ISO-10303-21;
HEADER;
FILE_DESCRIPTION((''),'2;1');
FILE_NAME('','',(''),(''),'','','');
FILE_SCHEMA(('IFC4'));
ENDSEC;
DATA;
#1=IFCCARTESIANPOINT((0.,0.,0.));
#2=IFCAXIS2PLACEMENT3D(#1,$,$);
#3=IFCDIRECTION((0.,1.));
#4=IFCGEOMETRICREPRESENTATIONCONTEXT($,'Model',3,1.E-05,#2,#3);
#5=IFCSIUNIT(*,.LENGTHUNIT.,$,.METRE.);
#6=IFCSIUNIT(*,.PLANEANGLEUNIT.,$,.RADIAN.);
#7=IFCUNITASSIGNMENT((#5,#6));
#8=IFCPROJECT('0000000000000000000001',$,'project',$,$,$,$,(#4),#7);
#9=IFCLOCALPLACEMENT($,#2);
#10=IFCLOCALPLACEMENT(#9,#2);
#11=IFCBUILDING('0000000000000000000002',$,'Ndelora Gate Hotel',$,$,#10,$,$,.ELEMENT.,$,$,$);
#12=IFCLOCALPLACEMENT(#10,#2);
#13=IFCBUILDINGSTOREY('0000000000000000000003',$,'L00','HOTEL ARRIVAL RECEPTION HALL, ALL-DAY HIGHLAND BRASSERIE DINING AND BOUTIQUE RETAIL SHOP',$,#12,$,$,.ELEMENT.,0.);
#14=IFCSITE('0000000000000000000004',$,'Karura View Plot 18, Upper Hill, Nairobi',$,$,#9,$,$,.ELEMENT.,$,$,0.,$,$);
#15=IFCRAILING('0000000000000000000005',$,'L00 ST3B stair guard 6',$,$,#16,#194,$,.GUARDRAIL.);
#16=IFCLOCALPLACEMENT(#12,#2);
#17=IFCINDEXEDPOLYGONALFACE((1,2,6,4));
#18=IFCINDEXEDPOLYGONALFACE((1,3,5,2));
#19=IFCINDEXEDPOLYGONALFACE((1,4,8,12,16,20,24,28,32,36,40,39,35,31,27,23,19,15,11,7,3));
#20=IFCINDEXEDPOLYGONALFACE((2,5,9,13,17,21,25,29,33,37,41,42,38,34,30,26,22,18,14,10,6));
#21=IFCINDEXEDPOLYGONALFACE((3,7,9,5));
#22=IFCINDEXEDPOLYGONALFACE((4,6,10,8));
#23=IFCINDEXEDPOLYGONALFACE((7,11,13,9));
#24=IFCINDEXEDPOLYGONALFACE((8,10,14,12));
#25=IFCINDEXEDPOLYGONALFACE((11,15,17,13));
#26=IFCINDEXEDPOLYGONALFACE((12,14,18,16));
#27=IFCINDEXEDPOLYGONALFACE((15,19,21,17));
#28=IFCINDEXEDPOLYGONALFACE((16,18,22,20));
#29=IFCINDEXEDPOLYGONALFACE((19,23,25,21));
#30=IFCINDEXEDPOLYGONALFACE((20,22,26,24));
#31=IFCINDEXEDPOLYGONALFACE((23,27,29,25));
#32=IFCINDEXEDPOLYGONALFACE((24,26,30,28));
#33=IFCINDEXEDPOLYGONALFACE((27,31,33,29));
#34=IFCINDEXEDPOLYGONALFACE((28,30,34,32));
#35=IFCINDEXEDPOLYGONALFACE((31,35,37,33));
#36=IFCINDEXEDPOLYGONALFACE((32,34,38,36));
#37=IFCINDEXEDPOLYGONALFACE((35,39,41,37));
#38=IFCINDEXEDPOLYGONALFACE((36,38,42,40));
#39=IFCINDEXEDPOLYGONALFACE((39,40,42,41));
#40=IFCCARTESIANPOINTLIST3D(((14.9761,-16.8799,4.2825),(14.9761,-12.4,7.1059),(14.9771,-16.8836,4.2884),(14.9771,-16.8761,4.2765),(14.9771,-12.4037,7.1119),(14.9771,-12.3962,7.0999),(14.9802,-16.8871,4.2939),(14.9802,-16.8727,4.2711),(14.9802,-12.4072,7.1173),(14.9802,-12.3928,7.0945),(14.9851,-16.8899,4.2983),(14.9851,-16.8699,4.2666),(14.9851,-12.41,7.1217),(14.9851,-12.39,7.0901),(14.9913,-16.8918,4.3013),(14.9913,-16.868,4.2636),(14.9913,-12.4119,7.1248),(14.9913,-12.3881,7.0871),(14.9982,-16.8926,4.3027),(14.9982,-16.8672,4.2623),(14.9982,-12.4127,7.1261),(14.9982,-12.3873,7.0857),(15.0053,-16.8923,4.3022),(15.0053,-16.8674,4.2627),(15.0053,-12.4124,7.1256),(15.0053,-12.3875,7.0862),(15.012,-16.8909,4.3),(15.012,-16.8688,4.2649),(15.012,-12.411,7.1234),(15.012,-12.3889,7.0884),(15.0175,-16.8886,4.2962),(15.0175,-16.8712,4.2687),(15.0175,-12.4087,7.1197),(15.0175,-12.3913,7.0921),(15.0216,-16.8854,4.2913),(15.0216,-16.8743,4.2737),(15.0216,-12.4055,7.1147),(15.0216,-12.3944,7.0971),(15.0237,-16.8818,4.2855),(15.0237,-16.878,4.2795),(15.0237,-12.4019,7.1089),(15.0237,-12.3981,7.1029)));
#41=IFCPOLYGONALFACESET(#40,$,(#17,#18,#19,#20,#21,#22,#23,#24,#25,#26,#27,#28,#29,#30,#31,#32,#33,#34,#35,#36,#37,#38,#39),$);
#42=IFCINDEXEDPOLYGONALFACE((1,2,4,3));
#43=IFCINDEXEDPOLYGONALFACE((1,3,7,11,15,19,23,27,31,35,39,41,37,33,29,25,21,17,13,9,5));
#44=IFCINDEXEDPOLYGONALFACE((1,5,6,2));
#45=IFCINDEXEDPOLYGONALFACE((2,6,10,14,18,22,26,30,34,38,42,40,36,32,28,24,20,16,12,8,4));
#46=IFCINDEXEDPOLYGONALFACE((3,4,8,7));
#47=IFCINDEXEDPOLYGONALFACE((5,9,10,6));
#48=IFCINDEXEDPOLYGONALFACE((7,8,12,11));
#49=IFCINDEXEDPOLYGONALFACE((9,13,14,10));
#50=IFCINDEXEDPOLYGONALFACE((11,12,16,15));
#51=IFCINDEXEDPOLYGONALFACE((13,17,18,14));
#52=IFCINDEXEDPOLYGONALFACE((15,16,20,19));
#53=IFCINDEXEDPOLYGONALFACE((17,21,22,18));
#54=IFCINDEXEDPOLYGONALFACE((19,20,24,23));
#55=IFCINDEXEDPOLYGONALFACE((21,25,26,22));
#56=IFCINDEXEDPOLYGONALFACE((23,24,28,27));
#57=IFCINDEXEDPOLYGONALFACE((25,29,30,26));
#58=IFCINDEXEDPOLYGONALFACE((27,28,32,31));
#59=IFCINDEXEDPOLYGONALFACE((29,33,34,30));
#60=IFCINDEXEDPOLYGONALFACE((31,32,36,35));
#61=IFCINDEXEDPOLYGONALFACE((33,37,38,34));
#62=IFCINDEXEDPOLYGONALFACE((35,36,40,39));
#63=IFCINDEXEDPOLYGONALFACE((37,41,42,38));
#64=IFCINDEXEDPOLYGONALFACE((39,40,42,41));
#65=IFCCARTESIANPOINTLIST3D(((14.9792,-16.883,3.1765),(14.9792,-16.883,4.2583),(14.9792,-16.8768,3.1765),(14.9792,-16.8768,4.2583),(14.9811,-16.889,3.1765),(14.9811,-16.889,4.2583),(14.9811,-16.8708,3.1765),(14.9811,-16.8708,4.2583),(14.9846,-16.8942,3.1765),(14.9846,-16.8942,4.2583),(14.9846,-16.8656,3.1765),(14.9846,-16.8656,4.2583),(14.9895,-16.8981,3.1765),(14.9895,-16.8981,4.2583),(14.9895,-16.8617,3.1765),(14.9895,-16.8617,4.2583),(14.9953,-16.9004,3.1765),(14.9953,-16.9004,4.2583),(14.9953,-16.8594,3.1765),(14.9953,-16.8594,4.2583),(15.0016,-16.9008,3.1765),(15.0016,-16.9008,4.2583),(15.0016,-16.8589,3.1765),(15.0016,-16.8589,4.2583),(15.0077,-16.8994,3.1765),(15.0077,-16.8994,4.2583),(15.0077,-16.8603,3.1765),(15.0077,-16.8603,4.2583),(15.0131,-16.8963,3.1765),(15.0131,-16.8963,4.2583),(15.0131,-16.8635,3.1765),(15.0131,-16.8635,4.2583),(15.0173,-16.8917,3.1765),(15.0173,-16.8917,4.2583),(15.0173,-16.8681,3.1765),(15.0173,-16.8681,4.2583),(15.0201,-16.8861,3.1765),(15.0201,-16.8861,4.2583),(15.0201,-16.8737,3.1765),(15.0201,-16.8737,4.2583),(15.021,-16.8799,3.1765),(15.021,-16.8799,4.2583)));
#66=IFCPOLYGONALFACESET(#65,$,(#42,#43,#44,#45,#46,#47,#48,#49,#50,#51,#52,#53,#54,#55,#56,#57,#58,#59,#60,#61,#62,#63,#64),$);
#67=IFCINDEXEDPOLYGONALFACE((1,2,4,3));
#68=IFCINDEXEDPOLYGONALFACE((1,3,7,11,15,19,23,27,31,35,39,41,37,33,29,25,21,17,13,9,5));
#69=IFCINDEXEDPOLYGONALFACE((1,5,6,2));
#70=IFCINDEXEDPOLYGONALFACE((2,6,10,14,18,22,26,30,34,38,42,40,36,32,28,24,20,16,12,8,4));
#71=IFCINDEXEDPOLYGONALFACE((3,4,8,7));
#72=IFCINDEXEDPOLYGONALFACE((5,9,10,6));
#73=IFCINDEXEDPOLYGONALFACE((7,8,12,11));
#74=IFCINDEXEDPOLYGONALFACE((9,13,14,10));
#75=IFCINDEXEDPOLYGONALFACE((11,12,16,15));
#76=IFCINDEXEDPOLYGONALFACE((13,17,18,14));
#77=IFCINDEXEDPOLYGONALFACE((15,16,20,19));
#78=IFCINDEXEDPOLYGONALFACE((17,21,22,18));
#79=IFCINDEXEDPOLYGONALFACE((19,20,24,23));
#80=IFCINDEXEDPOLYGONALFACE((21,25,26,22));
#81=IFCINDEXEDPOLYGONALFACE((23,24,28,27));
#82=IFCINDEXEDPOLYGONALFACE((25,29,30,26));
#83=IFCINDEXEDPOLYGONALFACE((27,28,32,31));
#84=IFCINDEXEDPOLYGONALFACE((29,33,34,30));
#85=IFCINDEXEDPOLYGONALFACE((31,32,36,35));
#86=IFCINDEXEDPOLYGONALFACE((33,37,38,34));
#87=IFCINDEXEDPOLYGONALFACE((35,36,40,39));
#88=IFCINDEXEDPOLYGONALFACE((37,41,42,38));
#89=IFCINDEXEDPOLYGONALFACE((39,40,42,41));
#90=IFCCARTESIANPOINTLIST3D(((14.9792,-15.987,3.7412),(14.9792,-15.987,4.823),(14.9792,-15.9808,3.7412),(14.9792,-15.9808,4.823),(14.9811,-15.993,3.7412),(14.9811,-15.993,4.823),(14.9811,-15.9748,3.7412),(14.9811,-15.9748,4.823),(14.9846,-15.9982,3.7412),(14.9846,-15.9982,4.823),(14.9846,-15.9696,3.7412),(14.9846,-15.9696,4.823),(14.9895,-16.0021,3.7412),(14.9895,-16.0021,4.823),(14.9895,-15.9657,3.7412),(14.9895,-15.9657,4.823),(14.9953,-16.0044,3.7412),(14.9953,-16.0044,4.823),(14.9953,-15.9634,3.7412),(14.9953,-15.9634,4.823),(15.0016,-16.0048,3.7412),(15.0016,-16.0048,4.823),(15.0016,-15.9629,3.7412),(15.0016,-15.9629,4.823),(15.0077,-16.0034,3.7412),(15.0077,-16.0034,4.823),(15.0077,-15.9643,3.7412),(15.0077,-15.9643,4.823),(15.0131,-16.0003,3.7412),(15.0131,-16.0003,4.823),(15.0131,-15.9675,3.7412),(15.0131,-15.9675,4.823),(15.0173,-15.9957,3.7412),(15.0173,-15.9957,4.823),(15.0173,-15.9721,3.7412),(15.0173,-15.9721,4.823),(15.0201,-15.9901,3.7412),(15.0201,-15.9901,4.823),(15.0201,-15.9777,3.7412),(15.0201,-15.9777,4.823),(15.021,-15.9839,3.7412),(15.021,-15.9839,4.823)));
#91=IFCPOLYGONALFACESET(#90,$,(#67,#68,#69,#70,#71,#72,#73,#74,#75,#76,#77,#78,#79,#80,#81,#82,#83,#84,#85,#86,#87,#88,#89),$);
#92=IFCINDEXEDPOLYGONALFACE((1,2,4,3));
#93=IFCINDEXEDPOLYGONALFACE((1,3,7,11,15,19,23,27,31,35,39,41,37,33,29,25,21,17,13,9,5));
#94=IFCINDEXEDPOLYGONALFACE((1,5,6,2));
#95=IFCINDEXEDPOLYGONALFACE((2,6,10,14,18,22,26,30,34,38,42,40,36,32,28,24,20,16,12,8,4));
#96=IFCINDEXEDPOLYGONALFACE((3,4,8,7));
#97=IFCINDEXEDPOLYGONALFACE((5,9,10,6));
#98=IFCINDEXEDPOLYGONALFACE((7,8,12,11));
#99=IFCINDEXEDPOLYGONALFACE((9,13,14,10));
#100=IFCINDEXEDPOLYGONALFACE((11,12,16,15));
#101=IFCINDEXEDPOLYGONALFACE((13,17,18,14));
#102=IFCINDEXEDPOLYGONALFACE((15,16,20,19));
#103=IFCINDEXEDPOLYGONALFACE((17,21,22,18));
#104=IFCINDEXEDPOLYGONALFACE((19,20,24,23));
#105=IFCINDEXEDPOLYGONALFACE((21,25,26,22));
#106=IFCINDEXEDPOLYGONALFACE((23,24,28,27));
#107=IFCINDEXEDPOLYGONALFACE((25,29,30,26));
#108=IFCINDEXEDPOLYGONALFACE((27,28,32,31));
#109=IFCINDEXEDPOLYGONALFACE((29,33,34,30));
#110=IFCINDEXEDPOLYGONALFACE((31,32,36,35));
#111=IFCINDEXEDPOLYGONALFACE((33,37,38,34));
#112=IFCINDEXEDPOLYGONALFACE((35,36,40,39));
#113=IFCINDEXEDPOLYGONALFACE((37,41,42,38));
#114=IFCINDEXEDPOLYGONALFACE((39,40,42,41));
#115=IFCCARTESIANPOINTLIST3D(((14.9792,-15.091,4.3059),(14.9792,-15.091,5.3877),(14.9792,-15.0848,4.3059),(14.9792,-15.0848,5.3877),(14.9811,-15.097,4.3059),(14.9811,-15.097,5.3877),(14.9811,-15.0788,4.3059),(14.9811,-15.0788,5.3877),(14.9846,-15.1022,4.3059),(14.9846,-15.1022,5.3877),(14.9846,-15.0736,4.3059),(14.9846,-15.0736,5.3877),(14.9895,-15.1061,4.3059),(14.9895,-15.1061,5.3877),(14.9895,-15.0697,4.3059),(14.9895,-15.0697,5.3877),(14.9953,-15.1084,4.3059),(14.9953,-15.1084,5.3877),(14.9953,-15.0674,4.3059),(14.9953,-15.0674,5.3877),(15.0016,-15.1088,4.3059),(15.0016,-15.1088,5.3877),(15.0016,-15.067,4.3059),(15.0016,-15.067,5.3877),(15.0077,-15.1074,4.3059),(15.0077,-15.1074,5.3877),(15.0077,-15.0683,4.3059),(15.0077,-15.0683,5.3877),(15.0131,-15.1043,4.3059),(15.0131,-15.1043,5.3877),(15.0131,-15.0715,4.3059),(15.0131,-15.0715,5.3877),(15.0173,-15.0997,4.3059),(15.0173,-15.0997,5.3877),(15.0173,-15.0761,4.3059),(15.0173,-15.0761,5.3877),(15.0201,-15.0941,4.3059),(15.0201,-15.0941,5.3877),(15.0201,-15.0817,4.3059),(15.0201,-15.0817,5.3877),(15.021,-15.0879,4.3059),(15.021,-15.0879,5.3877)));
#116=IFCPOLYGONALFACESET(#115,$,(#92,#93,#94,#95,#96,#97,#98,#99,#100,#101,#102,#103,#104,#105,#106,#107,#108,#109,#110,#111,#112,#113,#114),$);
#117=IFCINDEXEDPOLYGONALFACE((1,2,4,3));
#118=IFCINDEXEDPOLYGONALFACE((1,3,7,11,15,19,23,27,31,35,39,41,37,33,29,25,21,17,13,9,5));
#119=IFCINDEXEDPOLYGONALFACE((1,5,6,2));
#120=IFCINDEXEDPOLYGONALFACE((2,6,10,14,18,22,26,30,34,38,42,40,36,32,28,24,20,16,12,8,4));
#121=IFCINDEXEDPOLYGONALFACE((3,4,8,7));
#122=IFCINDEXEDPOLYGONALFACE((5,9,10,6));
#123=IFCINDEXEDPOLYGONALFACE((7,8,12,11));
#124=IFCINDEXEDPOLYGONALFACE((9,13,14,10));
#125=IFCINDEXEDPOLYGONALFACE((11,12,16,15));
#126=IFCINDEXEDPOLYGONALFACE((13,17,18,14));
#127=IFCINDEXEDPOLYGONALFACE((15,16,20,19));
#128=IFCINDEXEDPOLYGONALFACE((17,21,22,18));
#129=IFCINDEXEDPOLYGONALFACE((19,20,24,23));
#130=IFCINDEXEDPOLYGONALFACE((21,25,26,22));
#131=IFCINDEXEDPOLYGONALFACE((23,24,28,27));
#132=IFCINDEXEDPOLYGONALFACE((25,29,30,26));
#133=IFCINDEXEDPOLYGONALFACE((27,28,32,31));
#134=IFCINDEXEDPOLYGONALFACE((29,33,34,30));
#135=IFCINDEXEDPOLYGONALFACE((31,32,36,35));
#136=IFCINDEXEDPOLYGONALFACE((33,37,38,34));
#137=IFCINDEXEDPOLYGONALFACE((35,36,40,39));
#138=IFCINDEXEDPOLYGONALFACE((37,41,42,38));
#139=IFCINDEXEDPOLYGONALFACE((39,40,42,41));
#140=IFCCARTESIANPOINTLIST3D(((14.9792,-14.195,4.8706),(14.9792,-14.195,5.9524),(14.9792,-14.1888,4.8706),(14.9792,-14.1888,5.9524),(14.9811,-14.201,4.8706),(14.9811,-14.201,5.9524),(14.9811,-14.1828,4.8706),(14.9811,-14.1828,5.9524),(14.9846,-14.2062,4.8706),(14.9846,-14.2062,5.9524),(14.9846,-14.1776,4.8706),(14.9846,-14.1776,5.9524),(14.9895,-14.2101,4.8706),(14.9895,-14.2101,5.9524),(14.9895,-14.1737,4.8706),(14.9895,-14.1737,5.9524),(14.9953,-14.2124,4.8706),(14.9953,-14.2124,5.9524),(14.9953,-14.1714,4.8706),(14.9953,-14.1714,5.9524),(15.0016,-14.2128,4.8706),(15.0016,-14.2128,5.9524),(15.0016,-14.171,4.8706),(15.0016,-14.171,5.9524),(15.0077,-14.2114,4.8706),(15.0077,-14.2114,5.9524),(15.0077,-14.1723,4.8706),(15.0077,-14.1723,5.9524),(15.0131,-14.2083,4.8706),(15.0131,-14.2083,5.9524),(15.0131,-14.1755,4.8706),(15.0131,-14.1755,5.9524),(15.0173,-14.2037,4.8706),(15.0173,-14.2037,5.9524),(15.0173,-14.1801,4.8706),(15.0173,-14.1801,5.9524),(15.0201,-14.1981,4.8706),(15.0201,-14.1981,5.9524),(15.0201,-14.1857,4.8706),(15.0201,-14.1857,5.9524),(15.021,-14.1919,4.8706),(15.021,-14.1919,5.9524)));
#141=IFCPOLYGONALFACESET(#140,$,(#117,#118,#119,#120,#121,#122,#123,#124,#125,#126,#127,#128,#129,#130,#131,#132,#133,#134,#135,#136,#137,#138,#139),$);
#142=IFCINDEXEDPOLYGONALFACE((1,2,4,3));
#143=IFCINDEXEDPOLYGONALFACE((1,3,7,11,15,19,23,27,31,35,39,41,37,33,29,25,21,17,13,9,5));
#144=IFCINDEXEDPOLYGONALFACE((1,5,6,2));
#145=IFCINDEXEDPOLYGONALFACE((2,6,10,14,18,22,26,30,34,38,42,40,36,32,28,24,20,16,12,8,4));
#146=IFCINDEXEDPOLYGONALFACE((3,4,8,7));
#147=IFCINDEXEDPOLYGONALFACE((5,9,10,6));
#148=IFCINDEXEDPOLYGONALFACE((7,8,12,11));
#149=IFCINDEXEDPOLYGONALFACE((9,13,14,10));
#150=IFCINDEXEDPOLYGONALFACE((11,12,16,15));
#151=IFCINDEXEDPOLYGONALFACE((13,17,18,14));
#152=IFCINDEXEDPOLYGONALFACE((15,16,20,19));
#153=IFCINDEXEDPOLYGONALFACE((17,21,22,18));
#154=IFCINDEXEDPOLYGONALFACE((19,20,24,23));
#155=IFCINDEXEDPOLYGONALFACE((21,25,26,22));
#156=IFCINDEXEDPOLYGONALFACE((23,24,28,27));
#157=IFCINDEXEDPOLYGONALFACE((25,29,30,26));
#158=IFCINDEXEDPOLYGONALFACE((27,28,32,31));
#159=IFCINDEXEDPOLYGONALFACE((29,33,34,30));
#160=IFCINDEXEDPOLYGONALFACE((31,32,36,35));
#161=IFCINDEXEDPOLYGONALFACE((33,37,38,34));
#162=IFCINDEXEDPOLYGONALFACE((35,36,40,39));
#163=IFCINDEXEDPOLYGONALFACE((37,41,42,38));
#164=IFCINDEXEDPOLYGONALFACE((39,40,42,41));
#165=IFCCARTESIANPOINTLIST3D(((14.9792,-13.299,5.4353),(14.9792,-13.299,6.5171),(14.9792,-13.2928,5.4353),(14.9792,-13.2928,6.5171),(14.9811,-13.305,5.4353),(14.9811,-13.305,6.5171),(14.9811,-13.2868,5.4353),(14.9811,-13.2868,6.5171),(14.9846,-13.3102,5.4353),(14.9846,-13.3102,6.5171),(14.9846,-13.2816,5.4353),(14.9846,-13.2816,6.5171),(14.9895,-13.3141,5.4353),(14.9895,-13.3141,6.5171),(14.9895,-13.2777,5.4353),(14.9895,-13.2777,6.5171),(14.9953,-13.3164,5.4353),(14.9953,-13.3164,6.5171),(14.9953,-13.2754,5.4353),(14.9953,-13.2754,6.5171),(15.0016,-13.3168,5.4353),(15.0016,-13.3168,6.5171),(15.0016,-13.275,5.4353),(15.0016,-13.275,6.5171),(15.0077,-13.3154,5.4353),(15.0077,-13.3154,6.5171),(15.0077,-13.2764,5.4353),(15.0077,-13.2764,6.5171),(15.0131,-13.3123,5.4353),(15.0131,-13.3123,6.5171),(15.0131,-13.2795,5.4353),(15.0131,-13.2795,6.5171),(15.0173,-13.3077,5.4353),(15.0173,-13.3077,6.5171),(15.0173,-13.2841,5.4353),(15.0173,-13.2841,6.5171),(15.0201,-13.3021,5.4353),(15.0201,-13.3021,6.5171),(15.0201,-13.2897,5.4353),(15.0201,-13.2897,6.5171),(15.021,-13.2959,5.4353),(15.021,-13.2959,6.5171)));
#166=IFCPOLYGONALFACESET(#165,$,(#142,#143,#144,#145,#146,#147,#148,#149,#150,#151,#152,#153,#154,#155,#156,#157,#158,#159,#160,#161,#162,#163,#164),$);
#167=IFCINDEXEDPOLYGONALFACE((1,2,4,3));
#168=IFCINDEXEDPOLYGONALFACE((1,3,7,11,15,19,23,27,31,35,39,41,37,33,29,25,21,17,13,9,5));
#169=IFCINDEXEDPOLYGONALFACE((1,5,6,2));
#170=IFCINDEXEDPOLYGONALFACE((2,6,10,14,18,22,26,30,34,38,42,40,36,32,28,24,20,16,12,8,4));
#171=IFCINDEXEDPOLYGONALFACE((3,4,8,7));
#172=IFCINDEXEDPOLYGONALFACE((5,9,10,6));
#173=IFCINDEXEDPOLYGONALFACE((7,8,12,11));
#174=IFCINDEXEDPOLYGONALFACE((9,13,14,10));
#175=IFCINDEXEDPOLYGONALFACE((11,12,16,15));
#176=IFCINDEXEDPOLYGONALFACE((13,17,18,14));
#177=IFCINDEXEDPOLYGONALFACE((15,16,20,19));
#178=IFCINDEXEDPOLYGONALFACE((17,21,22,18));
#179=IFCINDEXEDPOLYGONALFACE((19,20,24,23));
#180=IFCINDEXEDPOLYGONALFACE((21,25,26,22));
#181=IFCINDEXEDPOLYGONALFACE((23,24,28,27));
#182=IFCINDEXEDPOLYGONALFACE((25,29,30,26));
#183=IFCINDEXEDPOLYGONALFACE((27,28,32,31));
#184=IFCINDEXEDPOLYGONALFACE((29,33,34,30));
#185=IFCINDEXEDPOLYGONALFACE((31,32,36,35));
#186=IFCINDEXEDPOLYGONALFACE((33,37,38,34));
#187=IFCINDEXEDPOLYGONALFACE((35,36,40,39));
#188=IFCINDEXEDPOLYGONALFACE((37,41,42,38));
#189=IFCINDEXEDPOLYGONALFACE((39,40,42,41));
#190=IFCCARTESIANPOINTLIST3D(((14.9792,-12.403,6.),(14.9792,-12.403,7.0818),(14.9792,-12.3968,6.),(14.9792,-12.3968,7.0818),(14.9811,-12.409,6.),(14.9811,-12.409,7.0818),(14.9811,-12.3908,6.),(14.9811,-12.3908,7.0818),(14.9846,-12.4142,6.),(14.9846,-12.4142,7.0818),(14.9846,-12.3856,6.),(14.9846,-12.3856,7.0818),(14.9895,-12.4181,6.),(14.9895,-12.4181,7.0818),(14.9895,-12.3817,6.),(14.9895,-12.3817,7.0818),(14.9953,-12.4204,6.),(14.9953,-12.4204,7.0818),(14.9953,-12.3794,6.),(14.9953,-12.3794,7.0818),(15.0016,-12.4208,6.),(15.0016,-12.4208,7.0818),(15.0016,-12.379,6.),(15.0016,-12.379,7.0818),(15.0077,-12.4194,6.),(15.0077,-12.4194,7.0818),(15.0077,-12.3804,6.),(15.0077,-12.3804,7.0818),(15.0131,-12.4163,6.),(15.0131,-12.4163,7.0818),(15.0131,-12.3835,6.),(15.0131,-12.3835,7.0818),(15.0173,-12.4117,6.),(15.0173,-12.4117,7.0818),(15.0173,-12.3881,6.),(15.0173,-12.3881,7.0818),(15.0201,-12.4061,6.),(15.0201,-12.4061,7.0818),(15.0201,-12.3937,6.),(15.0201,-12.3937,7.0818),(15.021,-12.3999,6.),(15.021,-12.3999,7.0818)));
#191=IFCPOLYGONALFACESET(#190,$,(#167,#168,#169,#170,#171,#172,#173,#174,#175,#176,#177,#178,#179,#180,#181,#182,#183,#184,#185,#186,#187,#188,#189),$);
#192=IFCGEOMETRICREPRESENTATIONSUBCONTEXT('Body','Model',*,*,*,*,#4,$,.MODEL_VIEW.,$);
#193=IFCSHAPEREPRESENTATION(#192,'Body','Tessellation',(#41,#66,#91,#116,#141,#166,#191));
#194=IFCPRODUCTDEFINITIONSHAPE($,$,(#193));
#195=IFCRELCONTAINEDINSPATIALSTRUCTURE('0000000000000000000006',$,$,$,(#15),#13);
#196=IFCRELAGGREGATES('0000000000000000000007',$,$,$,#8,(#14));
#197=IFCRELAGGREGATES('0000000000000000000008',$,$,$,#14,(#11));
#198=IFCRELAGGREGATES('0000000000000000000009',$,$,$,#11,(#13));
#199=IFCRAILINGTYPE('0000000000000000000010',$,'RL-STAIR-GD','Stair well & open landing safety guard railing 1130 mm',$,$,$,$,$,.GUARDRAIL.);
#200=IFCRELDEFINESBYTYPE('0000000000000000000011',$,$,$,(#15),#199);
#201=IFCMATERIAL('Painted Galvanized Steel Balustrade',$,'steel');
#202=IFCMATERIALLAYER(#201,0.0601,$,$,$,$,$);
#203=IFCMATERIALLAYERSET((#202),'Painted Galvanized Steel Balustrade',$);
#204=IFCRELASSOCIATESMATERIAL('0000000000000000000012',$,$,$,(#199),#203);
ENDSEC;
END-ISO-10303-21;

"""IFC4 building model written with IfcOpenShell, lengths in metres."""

from ifc_helpers import new_model, si_unit, direction, frame, origin, origin_2d, place, context, subcontext, project, spatial, circle, extrude, material, layer, layer_set, type_object, element, save


model = new_model("IFC4")

# Units and contexts
model_context = context("Model", 3, precision=1e-05, world=origin(), true_north=direction((0.0, 1.0)))
body_context = subcontext(model_context, "Body", "Model", "MODEL_VIEW")
ifc_project = project(units=[si_unit("LENGTHUNIT", "METRE"), si_unit("PLANEANGLEUNIT", "RADIAN")], contexts=[model_context])

# Site, building, storey
site_placement = place(None, origin())
site = spatial("IfcSite", under=ifc_project, at=site_placement, Name="Karura View Plot 18, Upper Hill, Nairobi", CompositionType="ELEMENT", RefElevation=0.0)
building_placement = place(site_placement, origin())
building = spatial("IfcBuilding", under=site, at=building_placement, Name="Ndelora Gate Hotel", CompositionType="ELEMENT")
storey_placement = place(building_placement, origin())
storey = spatial("IfcBuildingStorey", under=building, at=storey_placement, Name="L00", Description="HOTEL ARRIVAL RECEPTION HALL, ALL-DAY HIGHLAND BRASSERIE DINING AND BOUTIQUE RETAIL SHOP", CompositionType="ELEMENT", Elevation=0.0)

# Railing
ifc_material_1 = material(Name="Painted Galvanized Steel Balustrade", Category="steel")
ifc_layer_1 = layer(ifc_material_1, 0.0601)
ifc_layer_set_1 = layer_set([ifc_layer_1], Name="Painted Galvanized Steel Balustrade")
railing_type_1 = type_object("IfcRailingType", Name="RL-STAIR-GD", Description="Stair well & open landing safety guard railing 1130 mm", PredefinedType="GUARDRAIL", material=ifc_layer_set_1)
railing_1_placement = place(storey_placement, frame((15.0, -16.8799, 3.1765)))
element("IfcRailing", 1, at=railing_1_placement, inside=storey, type_object=railing_type_1, Name="L00 ST3B stair guard 6", PredefinedType="GUARDRAIL", context=body_context, shape_type="SweptSolid", body=[
    extrude(circle(Radius=0.0239, at=origin_2d()), frame((0.0, 0.0, 1.106), z_axis=(0.0, 0.845998, 0.533186), x_axis=(-1.0, 0.0, 0.0)), (0.0, 0.0, 1.0), 5.2954),
    extrude(circle(Radius=0.021, at=origin_2d()), origin(), (0.0, 0.0, 1.0), 1.0818),
    extrude(circle(Radius=0.021, at=origin_2d()), frame((0.0, 0.896, 0.5647)), (0.0, 0.0, 1.0), 1.0818),
    extrude(circle(Radius=0.021, at=origin_2d()), frame((0.0, 1.792, 1.1294)), (0.0, 0.0, 1.0), 1.0818),
    extrude(circle(Radius=0.021, at=origin_2d()), frame((0.0, 2.688, 1.6941)), (0.0, 0.0, 1.0), 1.0818),
    extrude(circle(Radius=0.021, at=origin_2d()), frame((0.0, 3.584, 2.2588)), (0.0, 0.0, 1.0), 1.0818),
    extrude(circle(Radius=0.021, at=origin_2d()), frame((0.0, 4.48, 2.8235)), (0.0, 0.0, 1.0), 1.0818),
])

save(model, "model.ifc")
